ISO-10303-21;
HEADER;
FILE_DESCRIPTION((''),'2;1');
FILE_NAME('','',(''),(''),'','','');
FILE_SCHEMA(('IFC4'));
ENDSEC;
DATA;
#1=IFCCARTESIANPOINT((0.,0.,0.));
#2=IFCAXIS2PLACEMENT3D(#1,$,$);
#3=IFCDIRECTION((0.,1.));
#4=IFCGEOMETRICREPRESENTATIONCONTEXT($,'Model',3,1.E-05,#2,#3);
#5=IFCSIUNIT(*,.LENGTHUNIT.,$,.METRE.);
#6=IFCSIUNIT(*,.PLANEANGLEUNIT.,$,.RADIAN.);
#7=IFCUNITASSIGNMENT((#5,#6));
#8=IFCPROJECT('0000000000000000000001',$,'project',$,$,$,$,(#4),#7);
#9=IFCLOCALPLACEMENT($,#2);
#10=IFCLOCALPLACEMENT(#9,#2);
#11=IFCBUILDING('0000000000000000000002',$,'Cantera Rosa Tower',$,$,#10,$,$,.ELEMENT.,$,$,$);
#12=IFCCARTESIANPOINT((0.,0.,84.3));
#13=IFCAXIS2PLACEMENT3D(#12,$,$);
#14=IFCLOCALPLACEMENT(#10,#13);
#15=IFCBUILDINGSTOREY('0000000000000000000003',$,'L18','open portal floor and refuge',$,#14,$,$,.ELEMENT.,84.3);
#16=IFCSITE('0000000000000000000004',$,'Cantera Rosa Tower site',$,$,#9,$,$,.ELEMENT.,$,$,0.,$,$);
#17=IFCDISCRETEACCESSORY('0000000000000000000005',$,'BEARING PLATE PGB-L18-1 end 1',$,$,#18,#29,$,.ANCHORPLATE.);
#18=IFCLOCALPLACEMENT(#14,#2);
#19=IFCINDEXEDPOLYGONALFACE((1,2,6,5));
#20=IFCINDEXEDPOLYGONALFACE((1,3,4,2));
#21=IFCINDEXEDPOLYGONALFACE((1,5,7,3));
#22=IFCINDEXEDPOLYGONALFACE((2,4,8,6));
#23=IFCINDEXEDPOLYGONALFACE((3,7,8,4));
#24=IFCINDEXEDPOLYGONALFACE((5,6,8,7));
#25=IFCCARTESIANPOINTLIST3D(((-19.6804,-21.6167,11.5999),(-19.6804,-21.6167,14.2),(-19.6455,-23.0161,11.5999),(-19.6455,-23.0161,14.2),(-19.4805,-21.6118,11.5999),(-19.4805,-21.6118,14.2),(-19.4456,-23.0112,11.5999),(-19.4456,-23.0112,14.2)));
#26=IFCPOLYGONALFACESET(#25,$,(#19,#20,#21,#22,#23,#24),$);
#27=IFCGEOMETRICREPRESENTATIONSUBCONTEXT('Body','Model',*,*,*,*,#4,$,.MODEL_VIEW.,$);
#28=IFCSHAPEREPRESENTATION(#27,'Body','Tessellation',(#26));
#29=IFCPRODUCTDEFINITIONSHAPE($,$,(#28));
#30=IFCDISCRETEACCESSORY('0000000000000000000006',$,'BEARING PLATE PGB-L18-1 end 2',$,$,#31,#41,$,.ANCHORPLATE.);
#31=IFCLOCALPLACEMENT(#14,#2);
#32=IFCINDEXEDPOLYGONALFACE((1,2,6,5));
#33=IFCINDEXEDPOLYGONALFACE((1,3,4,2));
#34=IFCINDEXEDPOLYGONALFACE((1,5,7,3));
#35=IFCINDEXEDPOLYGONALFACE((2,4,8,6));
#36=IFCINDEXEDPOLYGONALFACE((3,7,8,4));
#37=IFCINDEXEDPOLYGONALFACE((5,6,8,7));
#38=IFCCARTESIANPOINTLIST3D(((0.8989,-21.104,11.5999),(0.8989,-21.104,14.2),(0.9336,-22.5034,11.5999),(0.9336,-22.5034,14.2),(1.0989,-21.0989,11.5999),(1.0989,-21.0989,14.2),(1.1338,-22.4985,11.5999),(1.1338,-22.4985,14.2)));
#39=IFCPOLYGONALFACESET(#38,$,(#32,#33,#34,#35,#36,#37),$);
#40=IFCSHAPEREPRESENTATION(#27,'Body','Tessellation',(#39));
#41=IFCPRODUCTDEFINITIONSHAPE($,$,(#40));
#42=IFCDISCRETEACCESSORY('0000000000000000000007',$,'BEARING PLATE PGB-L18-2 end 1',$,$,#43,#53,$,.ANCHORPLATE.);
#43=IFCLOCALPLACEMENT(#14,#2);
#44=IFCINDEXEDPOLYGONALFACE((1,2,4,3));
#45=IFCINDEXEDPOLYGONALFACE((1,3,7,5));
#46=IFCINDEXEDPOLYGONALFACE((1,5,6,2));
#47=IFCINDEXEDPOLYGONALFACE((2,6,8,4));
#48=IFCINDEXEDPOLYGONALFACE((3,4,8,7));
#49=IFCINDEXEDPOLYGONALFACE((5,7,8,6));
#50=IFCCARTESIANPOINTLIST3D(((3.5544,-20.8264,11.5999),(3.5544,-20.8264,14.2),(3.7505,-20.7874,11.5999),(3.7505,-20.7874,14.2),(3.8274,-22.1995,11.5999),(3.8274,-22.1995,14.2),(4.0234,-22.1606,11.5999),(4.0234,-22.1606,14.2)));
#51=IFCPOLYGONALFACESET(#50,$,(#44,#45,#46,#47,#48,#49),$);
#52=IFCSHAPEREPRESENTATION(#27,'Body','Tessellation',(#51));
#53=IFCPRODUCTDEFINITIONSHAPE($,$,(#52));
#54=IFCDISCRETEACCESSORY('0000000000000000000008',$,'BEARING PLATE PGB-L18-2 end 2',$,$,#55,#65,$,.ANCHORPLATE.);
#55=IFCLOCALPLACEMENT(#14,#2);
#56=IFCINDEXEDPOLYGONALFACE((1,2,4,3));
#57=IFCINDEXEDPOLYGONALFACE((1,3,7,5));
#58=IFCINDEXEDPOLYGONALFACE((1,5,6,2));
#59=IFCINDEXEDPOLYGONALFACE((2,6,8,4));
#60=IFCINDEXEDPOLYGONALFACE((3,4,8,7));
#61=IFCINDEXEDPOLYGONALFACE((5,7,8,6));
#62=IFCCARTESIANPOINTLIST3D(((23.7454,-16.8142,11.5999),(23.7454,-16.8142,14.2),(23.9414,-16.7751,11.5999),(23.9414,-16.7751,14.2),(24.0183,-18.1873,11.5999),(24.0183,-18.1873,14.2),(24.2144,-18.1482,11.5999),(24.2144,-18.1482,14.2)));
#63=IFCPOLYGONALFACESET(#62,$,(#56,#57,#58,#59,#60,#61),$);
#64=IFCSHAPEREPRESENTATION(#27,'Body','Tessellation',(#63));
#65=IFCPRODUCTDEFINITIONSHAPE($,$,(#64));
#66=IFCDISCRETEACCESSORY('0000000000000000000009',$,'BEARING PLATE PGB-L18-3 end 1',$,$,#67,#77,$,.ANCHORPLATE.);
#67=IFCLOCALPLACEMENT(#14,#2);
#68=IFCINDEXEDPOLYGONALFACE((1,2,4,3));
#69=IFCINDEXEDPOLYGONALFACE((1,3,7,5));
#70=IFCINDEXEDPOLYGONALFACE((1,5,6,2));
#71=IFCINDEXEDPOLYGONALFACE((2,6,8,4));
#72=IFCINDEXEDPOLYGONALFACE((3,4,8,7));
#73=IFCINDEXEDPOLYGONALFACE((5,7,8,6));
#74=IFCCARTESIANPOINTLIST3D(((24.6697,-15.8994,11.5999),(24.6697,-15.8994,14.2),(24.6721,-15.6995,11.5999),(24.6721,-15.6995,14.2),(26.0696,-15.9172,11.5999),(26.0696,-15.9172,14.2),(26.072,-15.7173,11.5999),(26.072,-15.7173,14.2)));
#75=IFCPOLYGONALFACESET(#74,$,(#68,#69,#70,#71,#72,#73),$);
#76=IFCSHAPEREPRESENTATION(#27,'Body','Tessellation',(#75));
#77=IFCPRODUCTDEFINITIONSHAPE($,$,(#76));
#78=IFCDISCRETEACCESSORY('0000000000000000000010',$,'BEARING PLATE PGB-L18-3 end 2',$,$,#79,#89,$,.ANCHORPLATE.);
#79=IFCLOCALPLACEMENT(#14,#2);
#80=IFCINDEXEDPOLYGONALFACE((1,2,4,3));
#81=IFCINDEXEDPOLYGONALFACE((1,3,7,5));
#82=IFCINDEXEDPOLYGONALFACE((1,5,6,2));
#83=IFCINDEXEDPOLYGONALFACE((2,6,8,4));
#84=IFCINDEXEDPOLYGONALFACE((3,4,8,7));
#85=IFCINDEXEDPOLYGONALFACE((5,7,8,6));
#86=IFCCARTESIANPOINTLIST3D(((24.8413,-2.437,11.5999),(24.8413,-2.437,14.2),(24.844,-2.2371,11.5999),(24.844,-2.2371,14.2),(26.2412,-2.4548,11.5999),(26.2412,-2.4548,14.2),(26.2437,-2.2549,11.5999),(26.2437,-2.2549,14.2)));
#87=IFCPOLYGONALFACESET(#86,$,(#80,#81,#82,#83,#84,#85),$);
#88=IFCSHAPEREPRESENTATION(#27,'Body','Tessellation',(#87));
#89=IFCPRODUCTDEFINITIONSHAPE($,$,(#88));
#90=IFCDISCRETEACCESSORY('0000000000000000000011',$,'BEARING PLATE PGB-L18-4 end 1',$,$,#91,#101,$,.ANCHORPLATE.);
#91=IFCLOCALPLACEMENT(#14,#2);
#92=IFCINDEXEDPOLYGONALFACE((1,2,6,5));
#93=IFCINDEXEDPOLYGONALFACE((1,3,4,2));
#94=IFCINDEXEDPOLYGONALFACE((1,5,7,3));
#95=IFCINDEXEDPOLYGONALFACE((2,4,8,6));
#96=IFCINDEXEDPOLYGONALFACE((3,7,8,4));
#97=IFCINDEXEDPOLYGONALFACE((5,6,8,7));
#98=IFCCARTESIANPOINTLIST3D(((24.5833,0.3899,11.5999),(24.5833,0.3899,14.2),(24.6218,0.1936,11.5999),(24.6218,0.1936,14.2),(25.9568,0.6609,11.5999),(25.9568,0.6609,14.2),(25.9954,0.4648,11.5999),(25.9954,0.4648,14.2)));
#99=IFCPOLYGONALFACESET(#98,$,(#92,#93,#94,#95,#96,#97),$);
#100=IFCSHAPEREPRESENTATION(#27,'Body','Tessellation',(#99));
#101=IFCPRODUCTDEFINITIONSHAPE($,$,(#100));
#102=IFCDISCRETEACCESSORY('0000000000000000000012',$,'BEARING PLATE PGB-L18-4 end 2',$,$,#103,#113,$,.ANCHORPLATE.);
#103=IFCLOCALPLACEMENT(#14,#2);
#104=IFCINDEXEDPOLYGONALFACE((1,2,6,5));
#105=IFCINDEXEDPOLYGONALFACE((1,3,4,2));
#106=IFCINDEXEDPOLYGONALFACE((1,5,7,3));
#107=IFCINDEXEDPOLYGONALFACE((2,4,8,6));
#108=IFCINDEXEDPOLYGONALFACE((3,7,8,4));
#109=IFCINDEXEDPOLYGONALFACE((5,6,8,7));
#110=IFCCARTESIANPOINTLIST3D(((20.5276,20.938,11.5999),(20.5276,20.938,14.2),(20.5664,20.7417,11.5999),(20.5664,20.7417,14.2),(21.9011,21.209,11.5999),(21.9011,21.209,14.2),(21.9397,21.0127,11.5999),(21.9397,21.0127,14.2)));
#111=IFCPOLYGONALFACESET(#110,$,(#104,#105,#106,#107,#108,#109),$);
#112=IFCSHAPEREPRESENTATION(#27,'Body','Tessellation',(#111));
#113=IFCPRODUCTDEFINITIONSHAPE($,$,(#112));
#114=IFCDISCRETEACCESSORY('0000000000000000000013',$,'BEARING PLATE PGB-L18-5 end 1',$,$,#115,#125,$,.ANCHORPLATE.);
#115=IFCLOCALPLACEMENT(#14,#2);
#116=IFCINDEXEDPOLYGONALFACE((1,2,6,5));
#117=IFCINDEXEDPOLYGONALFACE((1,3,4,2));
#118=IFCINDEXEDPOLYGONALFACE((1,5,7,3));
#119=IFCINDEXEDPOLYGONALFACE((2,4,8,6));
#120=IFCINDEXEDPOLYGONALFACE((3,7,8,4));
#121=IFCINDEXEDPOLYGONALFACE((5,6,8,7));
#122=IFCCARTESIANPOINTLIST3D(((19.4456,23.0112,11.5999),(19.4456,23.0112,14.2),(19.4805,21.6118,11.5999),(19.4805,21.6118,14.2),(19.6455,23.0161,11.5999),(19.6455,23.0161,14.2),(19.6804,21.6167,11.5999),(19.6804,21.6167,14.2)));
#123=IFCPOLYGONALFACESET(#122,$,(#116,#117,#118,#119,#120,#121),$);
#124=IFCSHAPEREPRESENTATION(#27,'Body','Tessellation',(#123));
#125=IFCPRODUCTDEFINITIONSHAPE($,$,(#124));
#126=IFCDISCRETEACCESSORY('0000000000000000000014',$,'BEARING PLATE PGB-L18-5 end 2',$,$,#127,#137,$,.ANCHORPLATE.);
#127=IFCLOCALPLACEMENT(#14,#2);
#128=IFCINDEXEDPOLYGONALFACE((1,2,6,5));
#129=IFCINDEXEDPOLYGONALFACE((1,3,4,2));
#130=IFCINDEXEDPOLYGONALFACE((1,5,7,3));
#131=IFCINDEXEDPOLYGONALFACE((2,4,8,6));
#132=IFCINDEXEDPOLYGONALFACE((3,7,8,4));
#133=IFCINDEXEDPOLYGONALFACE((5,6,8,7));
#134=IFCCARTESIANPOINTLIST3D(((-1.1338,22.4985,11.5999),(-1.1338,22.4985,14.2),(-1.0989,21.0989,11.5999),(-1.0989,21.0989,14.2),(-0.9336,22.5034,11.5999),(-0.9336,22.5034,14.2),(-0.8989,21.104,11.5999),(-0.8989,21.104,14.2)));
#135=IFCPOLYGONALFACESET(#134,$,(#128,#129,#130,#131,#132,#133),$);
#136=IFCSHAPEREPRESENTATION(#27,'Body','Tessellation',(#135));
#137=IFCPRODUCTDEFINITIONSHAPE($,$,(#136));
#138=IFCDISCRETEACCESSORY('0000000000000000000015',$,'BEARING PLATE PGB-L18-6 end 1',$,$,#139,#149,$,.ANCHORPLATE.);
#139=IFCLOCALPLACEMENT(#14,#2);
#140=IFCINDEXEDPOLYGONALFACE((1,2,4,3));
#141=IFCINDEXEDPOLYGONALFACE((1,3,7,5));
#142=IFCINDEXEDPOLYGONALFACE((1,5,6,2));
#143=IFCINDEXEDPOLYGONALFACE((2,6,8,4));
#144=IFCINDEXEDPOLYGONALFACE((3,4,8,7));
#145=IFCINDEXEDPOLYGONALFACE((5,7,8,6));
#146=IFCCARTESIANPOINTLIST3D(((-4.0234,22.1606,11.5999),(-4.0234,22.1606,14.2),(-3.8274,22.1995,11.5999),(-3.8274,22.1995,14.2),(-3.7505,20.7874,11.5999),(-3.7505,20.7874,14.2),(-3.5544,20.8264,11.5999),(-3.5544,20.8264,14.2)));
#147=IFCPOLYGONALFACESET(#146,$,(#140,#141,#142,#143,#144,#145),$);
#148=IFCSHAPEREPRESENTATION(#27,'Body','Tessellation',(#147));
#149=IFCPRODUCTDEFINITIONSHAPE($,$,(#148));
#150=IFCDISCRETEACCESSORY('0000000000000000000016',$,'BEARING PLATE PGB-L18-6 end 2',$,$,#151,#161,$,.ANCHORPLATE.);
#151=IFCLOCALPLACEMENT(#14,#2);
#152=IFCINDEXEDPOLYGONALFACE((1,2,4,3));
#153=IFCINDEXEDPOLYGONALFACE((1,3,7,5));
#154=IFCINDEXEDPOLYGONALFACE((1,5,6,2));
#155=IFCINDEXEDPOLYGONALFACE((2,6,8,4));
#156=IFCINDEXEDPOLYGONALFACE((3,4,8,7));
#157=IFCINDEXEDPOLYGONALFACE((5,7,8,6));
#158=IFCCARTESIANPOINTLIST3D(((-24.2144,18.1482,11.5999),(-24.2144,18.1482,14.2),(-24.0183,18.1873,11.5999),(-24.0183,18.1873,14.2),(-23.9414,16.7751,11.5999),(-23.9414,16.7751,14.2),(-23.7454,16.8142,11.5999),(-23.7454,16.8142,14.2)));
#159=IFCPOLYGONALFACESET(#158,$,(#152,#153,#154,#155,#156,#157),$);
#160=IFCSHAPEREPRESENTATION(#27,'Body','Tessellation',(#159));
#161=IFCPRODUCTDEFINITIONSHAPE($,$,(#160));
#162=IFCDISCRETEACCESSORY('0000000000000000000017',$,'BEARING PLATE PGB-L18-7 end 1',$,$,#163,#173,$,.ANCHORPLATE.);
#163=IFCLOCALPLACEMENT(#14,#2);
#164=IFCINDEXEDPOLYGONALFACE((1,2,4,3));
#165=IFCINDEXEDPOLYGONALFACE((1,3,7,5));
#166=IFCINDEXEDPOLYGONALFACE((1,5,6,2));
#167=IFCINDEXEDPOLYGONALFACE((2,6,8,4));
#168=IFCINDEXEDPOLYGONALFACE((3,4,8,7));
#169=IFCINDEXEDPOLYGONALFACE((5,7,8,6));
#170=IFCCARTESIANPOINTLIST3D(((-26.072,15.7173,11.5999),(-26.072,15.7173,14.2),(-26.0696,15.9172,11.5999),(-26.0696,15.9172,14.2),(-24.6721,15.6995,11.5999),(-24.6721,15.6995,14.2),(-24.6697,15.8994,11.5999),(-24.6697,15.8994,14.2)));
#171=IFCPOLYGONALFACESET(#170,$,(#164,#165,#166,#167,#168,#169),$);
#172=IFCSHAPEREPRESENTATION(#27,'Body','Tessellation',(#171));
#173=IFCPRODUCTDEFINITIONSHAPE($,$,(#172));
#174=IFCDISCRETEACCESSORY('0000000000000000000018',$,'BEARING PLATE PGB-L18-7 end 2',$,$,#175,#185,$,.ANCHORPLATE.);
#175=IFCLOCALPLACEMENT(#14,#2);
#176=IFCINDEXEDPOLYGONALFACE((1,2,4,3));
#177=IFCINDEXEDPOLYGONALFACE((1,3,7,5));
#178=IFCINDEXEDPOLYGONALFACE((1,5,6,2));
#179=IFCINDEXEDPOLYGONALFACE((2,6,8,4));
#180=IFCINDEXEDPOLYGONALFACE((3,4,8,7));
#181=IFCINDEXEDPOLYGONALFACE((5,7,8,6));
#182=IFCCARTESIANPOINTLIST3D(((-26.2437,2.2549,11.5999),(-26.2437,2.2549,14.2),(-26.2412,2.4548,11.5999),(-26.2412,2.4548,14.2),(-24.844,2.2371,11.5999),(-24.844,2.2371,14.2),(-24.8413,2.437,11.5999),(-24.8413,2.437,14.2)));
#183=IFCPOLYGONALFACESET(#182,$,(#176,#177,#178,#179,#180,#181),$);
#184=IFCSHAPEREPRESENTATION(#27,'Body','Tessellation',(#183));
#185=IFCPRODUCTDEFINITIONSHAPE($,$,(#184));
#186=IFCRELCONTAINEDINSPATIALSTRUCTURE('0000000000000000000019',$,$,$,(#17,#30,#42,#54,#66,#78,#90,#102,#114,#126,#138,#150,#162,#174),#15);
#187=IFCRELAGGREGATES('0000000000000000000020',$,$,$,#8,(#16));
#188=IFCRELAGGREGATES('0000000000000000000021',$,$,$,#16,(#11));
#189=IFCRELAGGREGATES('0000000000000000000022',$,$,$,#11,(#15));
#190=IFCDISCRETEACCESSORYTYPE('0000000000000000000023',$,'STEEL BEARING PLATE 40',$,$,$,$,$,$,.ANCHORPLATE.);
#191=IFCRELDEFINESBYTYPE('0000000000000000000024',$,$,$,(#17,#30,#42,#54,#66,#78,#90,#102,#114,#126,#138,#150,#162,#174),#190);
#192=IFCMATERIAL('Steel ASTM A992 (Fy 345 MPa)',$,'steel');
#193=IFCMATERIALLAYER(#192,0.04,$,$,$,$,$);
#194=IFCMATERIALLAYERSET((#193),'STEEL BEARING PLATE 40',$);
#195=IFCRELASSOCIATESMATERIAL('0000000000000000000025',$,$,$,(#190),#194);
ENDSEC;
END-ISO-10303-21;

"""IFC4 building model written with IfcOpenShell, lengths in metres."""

from ifc_helpers import new_model, si_unit, direction, frame, origin, place, context, subcontext, project, spatial, polyline, outline, extrude, material, layer, layer_set, type_object, element, save


model = new_model("IFC4")

# Units and contexts
model_context = context("Model", 3, precision=1e-05, world=origin(), true_north=direction((0.0, 1.0)))
body_context = subcontext(model_context, "Body", "Model", "MODEL_VIEW")
ifc_project = project(units=[si_unit("LENGTHUNIT", "METRE"), si_unit("PLANEANGLEUNIT", "RADIAN")], contexts=[model_context])

# Site, building, storey
site_placement = place(None, origin())
site = spatial("IfcSite", under=ifc_project, at=site_placement, Name="Cantera Rosa Tower site", CompositionType="ELEMENT", RefElevation=0.0)
building_placement = place(site_placement, origin())
building = spatial("IfcBuilding", under=site, at=building_placement, Name="Cantera Rosa Tower", CompositionType="ELEMENT")
storey_placement = place(building_placement, frame((0.0, 0.0, 84.3)))
storey = spatial("IfcBuildingStorey", under=building, at=storey_placement, Name="L18", Description="open portal floor and refuge", CompositionType="ELEMENT", Elevation=84.3)

# Discrete accessories
ifc_material_1 = material(Name="Steel ASTM A992 (Fy 345 MPa)", Category="steel")
ifc_layer_1 = layer(ifc_material_1, 0.04)
ifc_layer_set_1 = layer_set([ifc_layer_1], Name="STEEL BEARING PLATE 40")
discrete_accessory_type = type_object("IfcDiscreteAccessoryType", Name="STEEL BEARING PLATE 40", PredefinedType="ANCHORPLATE", material=ifc_layer_set_1)
discrete_accessory_1_placement = place(storey_placement, frame((0.0, 0.0, 11.5999)))
element("IfcDiscreteAccessory", 1, at=discrete_accessory_1_placement, inside=storey, type_object=discrete_accessory_type, Name="BEARING PLATE PGB-L18-1 end 1", PredefinedType="ANCHORPLATE", context=body_context, shape_type="SweptSolid", body=[
    extrude(outline(polyline([(-19.4805, -21.6118), (-19.6804, -21.6167), (-19.6455, -23.0161), (-19.4456, -23.0112), (-19.4805, -21.6118)])), origin(), (0.0, 0.0, 1.0), 2.6001),
])
discrete_accessory_2_placement = place(storey_placement, frame((0.0, 0.0, 11.5999)))
element("IfcDiscreteAccessory", 2, at=discrete_accessory_2_placement, inside=storey, type_object=discrete_accessory_type, Name="BEARING PLATE PGB-L18-1 end 2", PredefinedType="ANCHORPLATE", context=body_context, shape_type="SweptSolid", body=[
    extrude(outline(polyline([(0.9336, -22.5034), (1.1338, -22.4985), (1.0989, -21.0989), (0.8989, -21.104), (0.9336, -22.5034)])), origin(), (0.0, 0.0, 1.0), 2.6001),
])
discrete_accessory_3_placement = place(storey_placement, frame((0.0, 0.0, 11.5999)))
element("IfcDiscreteAccessory", 3, at=discrete_accessory_3_placement, inside=storey, type_object=discrete_accessory_type, Name="BEARING PLATE PGB-L18-2 end 1", PredefinedType="ANCHORPLATE", context=body_context, shape_type="SweptSolid", body=[
    extrude(outline(polyline([(3.7505, -20.7874), (3.5544, -20.8264), (3.8274, -22.1995), (4.0234, -22.1606), (3.7505, -20.7874)])), origin(), (0.0, 0.0, 1.0), 2.6001),
])
discrete_accessory_4_placement = place(storey_placement, frame((0.0, 0.0, 11.5999)))
element("IfcDiscreteAccessory", 4, at=discrete_accessory_4_placement, inside=storey, type_object=discrete_accessory_type, Name="BEARING PLATE PGB-L18-2 end 2", PredefinedType="ANCHORPLATE", context=body_context, shape_type="SweptSolid", body=[
    extrude(outline(polyline([(24.0183, -18.1873), (24.2144, -18.1482), (23.9414, -16.7751), (23.7454, -16.8142), (24.0183, -18.1873)])), origin(), (0.0, 0.0, 1.0), 2.6001),
])
discrete_accessory_5_placement = place(storey_placement, frame((0.0, 0.0, 11.5999)))
element("IfcDiscreteAccessory", 5, at=discrete_accessory_5_placement, inside=storey, type_object=discrete_accessory_type, Name="BEARING PLATE PGB-L18-3 end 1", PredefinedType="ANCHORPLATE", context=body_context, shape_type="SweptSolid", body=[
    extrude(outline(polyline([(24.6721, -15.6995), (24.6697, -15.8994), (26.0696, -15.9172), (26.072, -15.7173), (24.6721, -15.6995)])), origin(), (0.0, 0.0, 1.0), 2.6001),
])
discrete_accessory_6_placement = place(storey_placement, frame((0.0, 0.0, 11.5999)))
element("IfcDiscreteAccessory", 6, at=discrete_accessory_6_placement, inside=storey, type_object=discrete_accessory_type, Name="BEARING PLATE PGB-L18-3 end 2", PredefinedType="ANCHORPLATE", context=body_context, shape_type="SweptSolid", body=[
    extrude(outline(polyline([(26.2412, -2.4548), (26.2437, -2.2549), (24.844, -2.2371), (24.8413, -2.437), (26.2412, -2.4548)])), origin(), (0.0, 0.0, 1.0), 2.6001),
])
discrete_accessory_7_placement = place(storey_placement, frame((0.0, 0.0, 11.5999)))
element("IfcDiscreteAccessory", 7, at=discrete_accessory_7_placement, inside=storey, type_object=discrete_accessory_type, Name="BEARING PLATE PGB-L18-4 end 1", PredefinedType="ANCHORPLATE", context=body_context, shape_type="SweptSolid", body=[
    extrude(outline(polyline([(24.5833, 0.3899), (24.6218, 0.1936), (25.9954, 0.4648), (25.9568, 0.6609), (24.5833, 0.3899)])), origin(), (0.0, 0.0, 1.0), 2.6001),
])
discrete_accessory_8_placement = place(storey_placement, frame((0.0, 0.0, 11.5999)))
element("IfcDiscreteAccessory", 8, at=discrete_accessory_8_placement, inside=storey, type_object=discrete_accessory_type, Name="BEARING PLATE PGB-L18-4 end 2", PredefinedType="ANCHORPLATE", context=body_context, shape_type="SweptSolid", body=[
    extrude(outline(polyline([(21.9397, 21.0127), (21.9011, 21.209), (20.5276, 20.938), (20.5664, 20.7417), (21.9397, 21.0127)])), origin(), (0.0, 0.0, 1.0), 2.6001),
])
discrete_accessory_9_placement = place(storey_placement, frame((0.0, 0.0, 11.5999)))
element("IfcDiscreteAccessory", 9, at=discrete_accessory_9_placement, inside=storey, type_object=discrete_accessory_type, Name="BEARING PLATE PGB-L18-5 end 1", PredefinedType="ANCHORPLATE", context=body_context, shape_type="SweptSolid", body=[
    extrude(outline(polyline([(19.4805, 21.6118), (19.6804, 21.6167), (19.6455, 23.0161), (19.4456, 23.0112), (19.4805, 21.6118)])), origin(), (0.0, 0.0, 1.0), 2.6001),
])
discrete_accessory_10_placement = place(storey_placement, frame((0.0, 0.0, 11.5999)))
element("IfcDiscreteAccessory", 10, at=discrete_accessory_10_placement, inside=storey, type_object=discrete_accessory_type, Name="BEARING PLATE PGB-L18-5 end 2", PredefinedType="ANCHORPLATE", context=body_context, shape_type="SweptSolid", body=[
    extrude(outline(polyline([(-0.9336, 22.5034), (-1.1338, 22.4985), (-1.0989, 21.0989), (-0.8989, 21.104), (-0.9336, 22.5034)])), origin(), (0.0, 0.0, 1.0), 2.6001),
])
discrete_accessory_11_placement = place(storey_placement, frame((0.0, 0.0, 11.5999)))
element("IfcDiscreteAccessory", 11, at=discrete_accessory_11_placement, inside=storey, type_object=discrete_accessory_type, Name="BEARING PLATE PGB-L18-6 end 1", PredefinedType="ANCHORPLATE", context=body_context, shape_type="SweptSolid", body=[
    extrude(outline(polyline([(-3.7505, 20.7874), (-3.5544, 20.8264), (-3.8274, 22.1995), (-4.0234, 22.1606), (-3.7505, 20.7874)])), origin(), (0.0, 0.0, 1.0), 2.6001),
])
discrete_accessory_12_placement = place(storey_placement, frame((0.0, 0.0, 11.5999)))
element("IfcDiscreteAccessory", 12, at=discrete_accessory_12_placement, inside=storey, type_object=discrete_accessory_type, Name="BEARING PLATE PGB-L18-6 end 2", PredefinedType="ANCHORPLATE", context=body_context, shape_type="SweptSolid", body=[
    extrude(outline(polyline([(-24.0183, 18.1873), (-24.2144, 18.1482), (-23.9414, 16.7751), (-23.7454, 16.8142), (-24.0183, 18.1873)])), origin(), (0.0, 0.0, 1.0), 2.6001),
])
discrete_accessory_13_placement = place(storey_placement, frame((0.0, 0.0, 11.5999)))
element("IfcDiscreteAccessory", 13, at=discrete_accessory_13_placement, inside=storey, type_object=discrete_accessory_type, Name="BEARING PLATE PGB-L18-7 end 1", PredefinedType="ANCHORPLATE", context=body_context, shape_type="SweptSolid", body=[
    extrude(outline(polyline([(-24.6721, 15.6995), (-24.6697, 15.8994), (-26.0696, 15.9172), (-26.072, 15.7173), (-24.6721, 15.6995)])), origin(), (0.0, 0.0, 1.0), 2.6001),
])
discrete_accessory_14_placement = place(storey_placement, frame((0.0, 0.0, 11.5999)))
element("IfcDiscreteAccessory", 14, at=discrete_accessory_14_placement, inside=storey, type_object=discrete_accessory_type, Name="BEARING PLATE PGB-L18-7 end 2", PredefinedType="ANCHORPLATE", context=body_context, shape_type="SweptSolid", body=[
    extrude(outline(polyline([(-26.2412, 2.4548), (-26.2437, 2.2549), (-24.844, 2.2371), (-24.8413, 2.437), (-26.2412, 2.4548)])), origin(), (0.0, 0.0, 1.0), 2.6001),
])

save(model, "model.ifc")
